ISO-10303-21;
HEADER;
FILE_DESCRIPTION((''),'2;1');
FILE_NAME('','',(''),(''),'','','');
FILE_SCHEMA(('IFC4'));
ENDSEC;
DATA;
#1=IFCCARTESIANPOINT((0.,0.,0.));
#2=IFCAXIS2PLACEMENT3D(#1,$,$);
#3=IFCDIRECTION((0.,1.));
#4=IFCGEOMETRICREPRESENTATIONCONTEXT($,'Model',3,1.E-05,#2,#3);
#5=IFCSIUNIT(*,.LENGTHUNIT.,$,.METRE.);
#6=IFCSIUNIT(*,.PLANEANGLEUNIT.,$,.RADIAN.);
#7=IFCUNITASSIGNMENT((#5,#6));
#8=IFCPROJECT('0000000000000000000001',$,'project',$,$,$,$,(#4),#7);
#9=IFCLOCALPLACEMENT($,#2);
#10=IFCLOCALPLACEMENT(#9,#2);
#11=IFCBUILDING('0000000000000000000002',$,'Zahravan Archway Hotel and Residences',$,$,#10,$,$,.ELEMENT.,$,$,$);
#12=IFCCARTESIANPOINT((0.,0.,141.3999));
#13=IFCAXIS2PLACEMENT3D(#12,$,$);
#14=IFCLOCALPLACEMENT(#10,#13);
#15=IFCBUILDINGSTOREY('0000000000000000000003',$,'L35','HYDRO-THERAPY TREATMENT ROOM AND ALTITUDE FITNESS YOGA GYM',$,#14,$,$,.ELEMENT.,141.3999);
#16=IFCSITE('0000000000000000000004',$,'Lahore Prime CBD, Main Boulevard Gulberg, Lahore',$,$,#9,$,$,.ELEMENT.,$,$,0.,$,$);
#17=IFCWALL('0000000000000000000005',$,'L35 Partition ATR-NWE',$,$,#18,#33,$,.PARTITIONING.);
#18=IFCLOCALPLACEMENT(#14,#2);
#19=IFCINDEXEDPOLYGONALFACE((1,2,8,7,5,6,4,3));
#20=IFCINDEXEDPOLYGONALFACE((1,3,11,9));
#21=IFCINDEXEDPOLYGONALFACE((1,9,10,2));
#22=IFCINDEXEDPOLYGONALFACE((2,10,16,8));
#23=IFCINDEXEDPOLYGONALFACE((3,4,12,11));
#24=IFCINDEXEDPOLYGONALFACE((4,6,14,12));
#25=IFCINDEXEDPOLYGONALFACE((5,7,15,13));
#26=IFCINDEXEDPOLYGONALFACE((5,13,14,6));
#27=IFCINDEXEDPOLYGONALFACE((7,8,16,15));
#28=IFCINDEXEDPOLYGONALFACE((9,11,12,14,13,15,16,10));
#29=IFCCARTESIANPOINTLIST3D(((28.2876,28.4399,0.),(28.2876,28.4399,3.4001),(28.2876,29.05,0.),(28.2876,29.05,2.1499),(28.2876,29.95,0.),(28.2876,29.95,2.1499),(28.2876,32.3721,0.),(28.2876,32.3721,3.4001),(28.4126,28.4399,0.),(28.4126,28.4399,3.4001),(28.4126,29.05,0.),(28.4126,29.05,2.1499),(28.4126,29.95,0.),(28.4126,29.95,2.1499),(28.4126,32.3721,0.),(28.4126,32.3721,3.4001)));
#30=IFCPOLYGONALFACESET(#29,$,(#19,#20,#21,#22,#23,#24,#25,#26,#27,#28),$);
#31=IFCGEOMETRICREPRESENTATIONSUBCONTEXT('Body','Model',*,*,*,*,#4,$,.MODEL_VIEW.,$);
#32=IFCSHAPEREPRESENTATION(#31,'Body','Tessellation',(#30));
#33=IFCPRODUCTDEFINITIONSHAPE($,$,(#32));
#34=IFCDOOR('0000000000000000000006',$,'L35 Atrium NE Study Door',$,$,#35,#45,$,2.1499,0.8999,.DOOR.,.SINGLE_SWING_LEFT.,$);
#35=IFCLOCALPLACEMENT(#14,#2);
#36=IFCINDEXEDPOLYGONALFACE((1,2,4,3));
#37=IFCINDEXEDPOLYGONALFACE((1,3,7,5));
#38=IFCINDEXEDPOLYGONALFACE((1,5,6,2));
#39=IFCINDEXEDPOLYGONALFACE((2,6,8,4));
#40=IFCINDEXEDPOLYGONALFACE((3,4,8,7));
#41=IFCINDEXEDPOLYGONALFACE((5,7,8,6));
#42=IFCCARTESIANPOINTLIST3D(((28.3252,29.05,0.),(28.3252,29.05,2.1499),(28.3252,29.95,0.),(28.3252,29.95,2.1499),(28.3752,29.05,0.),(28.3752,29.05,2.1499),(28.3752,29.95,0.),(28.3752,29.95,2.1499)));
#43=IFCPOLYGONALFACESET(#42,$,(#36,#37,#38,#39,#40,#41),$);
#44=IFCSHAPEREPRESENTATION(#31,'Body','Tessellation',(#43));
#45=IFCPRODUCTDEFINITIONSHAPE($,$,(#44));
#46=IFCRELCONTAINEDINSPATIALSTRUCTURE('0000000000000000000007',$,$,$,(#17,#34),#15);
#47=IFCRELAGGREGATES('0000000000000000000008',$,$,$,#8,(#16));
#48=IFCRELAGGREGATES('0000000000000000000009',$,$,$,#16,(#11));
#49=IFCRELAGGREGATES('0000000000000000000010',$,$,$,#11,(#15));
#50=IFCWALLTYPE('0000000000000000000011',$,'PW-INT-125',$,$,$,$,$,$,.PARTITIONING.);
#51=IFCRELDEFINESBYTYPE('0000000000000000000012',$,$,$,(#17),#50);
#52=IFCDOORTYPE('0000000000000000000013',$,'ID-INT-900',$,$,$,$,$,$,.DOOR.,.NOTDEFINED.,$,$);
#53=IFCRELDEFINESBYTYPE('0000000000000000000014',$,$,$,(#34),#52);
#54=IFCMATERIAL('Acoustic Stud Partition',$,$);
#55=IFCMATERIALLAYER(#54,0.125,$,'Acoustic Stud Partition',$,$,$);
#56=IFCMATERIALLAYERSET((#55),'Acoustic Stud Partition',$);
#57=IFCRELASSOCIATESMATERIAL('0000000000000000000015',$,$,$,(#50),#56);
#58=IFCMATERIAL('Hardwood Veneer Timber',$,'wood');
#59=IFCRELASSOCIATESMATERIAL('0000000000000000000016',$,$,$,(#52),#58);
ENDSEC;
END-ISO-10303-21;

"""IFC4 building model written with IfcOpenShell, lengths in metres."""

from ifc_helpers import new_model, si_unit, direction, frame, frame_2d, origin, place, context, subcontext, project, spatial, rectangle, extrude, source, transform, mapped, material, layer, layer_set, type_object, type_shapes, element, fill, save


model = new_model("IFC4")

# Units and contexts
model_context = context("Model", 3, precision=1e-05, world=origin(), true_north=direction((0.0, 1.0)))
body_context = subcontext(model_context, "Body", "Model", "MODEL_VIEW")
ifc_project = project(units=[si_unit("LENGTHUNIT", "METRE"), si_unit("PLANEANGLEUNIT", "RADIAN")], contexts=[model_context])

# Site, building, storey
site_placement = place(None, origin())
site = spatial("IfcSite", under=ifc_project, at=site_placement, Name="Lahore Prime CBD, Main Boulevard Gulberg, Lahore", CompositionType="ELEMENT", RefElevation=0.0)
building_placement = place(site_placement, origin())
building = spatial("IfcBuilding", under=site, at=building_placement, Name="Zahravan Archway Hotel and Residences", CompositionType="ELEMENT")
storey_placement = place(building_placement, frame((0.0, 0.0, 141.3999)))
storey = spatial("IfcBuildingStorey", under=building, at=storey_placement, Name="L35", Description="HYDRO-THERAPY TREATMENT ROOM AND ALTITUDE FITNESS YOGA GYM", CompositionType="ELEMENT", Elevation=141.3999)

# Wall, opening, door
ifc_material_1 = material(Name="Acoustic Stud Partition")
ifc_layer_1 = layer(ifc_material_1, 0.125, Name="Acoustic Stud Partition")
ifc_layer_set_1 = layer_set([ifc_layer_1], Name="Acoustic Stud Partition")
wall_type = type_object("IfcWallType", Name="PW-INT-125", PredefinedType="PARTITIONING", material=ifc_layer_set_1)
wall_placement = place(storey_placement, frame((28.3501, 28.4399, 0.0), z_axis=(0.0, 0.0, 1.0), x_axis=(0.0, 1.0, 0.0)))
wall = element("IfcWall", 1, at=wall_placement, inside=storey, type_object=wall_type, Name="L35 Partition ATR-NWE", PredefinedType="PARTITIONING", context=body_context, shape_type="SweptSolid", body=[
    extrude(rectangle(XDim=3.9321, YDim=0.125, at=frame_2d((1.9661, 0.0))), origin(), (0.0, 0.0, 1.0), 3.4001),
])
opening_placement = place(wall_placement, frame((0.6101, 0.0, 0.0)))
opening = element("IfcOpeningElement", 2, at=opening_placement, cuts=wall, PredefinedType="OPENING", context=body_context, shape_type="SweptSolid", body=[
    extrude(rectangle(XDim=0.8999, YDim=2.1499, at=frame_2d((0.45, 1.075))), frame((0.0, 0.0725, 0.0), z_axis=(0.0, -1.0, 0.0), x_axis=(1.0, 0.0, 0.0)), (0.0, 0.0, 1.0), 0.145),
])
ifc_material_2 = material(Name="Hardwood Veneer Timber", Category="wood")
door_type = type_object("IfcDoorType", Name="ID-INT-900", OperationType="NOTDEFINED", PredefinedType="DOOR", material=ifc_material_2)
shared_shape_1 = source(origin(), body_context, "Body", "SweptSolid", [
    extrude(rectangle(XDim=0.8999, YDim=2.1499, at=frame_2d((0.45, 1.075))), frame((0.0, 0.0249, 0.0), z_axis=(0.0, -1.0, 0.0), x_axis=(1.0, 0.0, 0.0)), (0.0, 0.0, 1.0), 0.05),
])
type_shapes(door_type, [shared_shape_1])
door_placement = place(opening_placement, origin())
door = element("IfcDoor", 3, at=door_placement, inside=storey, type_object=door_type, Name="L35 Atrium NE Study Door", OperationType="SINGLE_SWING_LEFT", OverallHeight=2.1499, OverallWidth=0.8999, PredefinedType="DOOR", context=body_context, shape_type="MappedRepresentation", body=[
    mapped(shared_shape_1, transform((0.0, 0.0, 0.0), scale=1.0)),
])
fill(opening, door)

save(model, "model.ifc")
